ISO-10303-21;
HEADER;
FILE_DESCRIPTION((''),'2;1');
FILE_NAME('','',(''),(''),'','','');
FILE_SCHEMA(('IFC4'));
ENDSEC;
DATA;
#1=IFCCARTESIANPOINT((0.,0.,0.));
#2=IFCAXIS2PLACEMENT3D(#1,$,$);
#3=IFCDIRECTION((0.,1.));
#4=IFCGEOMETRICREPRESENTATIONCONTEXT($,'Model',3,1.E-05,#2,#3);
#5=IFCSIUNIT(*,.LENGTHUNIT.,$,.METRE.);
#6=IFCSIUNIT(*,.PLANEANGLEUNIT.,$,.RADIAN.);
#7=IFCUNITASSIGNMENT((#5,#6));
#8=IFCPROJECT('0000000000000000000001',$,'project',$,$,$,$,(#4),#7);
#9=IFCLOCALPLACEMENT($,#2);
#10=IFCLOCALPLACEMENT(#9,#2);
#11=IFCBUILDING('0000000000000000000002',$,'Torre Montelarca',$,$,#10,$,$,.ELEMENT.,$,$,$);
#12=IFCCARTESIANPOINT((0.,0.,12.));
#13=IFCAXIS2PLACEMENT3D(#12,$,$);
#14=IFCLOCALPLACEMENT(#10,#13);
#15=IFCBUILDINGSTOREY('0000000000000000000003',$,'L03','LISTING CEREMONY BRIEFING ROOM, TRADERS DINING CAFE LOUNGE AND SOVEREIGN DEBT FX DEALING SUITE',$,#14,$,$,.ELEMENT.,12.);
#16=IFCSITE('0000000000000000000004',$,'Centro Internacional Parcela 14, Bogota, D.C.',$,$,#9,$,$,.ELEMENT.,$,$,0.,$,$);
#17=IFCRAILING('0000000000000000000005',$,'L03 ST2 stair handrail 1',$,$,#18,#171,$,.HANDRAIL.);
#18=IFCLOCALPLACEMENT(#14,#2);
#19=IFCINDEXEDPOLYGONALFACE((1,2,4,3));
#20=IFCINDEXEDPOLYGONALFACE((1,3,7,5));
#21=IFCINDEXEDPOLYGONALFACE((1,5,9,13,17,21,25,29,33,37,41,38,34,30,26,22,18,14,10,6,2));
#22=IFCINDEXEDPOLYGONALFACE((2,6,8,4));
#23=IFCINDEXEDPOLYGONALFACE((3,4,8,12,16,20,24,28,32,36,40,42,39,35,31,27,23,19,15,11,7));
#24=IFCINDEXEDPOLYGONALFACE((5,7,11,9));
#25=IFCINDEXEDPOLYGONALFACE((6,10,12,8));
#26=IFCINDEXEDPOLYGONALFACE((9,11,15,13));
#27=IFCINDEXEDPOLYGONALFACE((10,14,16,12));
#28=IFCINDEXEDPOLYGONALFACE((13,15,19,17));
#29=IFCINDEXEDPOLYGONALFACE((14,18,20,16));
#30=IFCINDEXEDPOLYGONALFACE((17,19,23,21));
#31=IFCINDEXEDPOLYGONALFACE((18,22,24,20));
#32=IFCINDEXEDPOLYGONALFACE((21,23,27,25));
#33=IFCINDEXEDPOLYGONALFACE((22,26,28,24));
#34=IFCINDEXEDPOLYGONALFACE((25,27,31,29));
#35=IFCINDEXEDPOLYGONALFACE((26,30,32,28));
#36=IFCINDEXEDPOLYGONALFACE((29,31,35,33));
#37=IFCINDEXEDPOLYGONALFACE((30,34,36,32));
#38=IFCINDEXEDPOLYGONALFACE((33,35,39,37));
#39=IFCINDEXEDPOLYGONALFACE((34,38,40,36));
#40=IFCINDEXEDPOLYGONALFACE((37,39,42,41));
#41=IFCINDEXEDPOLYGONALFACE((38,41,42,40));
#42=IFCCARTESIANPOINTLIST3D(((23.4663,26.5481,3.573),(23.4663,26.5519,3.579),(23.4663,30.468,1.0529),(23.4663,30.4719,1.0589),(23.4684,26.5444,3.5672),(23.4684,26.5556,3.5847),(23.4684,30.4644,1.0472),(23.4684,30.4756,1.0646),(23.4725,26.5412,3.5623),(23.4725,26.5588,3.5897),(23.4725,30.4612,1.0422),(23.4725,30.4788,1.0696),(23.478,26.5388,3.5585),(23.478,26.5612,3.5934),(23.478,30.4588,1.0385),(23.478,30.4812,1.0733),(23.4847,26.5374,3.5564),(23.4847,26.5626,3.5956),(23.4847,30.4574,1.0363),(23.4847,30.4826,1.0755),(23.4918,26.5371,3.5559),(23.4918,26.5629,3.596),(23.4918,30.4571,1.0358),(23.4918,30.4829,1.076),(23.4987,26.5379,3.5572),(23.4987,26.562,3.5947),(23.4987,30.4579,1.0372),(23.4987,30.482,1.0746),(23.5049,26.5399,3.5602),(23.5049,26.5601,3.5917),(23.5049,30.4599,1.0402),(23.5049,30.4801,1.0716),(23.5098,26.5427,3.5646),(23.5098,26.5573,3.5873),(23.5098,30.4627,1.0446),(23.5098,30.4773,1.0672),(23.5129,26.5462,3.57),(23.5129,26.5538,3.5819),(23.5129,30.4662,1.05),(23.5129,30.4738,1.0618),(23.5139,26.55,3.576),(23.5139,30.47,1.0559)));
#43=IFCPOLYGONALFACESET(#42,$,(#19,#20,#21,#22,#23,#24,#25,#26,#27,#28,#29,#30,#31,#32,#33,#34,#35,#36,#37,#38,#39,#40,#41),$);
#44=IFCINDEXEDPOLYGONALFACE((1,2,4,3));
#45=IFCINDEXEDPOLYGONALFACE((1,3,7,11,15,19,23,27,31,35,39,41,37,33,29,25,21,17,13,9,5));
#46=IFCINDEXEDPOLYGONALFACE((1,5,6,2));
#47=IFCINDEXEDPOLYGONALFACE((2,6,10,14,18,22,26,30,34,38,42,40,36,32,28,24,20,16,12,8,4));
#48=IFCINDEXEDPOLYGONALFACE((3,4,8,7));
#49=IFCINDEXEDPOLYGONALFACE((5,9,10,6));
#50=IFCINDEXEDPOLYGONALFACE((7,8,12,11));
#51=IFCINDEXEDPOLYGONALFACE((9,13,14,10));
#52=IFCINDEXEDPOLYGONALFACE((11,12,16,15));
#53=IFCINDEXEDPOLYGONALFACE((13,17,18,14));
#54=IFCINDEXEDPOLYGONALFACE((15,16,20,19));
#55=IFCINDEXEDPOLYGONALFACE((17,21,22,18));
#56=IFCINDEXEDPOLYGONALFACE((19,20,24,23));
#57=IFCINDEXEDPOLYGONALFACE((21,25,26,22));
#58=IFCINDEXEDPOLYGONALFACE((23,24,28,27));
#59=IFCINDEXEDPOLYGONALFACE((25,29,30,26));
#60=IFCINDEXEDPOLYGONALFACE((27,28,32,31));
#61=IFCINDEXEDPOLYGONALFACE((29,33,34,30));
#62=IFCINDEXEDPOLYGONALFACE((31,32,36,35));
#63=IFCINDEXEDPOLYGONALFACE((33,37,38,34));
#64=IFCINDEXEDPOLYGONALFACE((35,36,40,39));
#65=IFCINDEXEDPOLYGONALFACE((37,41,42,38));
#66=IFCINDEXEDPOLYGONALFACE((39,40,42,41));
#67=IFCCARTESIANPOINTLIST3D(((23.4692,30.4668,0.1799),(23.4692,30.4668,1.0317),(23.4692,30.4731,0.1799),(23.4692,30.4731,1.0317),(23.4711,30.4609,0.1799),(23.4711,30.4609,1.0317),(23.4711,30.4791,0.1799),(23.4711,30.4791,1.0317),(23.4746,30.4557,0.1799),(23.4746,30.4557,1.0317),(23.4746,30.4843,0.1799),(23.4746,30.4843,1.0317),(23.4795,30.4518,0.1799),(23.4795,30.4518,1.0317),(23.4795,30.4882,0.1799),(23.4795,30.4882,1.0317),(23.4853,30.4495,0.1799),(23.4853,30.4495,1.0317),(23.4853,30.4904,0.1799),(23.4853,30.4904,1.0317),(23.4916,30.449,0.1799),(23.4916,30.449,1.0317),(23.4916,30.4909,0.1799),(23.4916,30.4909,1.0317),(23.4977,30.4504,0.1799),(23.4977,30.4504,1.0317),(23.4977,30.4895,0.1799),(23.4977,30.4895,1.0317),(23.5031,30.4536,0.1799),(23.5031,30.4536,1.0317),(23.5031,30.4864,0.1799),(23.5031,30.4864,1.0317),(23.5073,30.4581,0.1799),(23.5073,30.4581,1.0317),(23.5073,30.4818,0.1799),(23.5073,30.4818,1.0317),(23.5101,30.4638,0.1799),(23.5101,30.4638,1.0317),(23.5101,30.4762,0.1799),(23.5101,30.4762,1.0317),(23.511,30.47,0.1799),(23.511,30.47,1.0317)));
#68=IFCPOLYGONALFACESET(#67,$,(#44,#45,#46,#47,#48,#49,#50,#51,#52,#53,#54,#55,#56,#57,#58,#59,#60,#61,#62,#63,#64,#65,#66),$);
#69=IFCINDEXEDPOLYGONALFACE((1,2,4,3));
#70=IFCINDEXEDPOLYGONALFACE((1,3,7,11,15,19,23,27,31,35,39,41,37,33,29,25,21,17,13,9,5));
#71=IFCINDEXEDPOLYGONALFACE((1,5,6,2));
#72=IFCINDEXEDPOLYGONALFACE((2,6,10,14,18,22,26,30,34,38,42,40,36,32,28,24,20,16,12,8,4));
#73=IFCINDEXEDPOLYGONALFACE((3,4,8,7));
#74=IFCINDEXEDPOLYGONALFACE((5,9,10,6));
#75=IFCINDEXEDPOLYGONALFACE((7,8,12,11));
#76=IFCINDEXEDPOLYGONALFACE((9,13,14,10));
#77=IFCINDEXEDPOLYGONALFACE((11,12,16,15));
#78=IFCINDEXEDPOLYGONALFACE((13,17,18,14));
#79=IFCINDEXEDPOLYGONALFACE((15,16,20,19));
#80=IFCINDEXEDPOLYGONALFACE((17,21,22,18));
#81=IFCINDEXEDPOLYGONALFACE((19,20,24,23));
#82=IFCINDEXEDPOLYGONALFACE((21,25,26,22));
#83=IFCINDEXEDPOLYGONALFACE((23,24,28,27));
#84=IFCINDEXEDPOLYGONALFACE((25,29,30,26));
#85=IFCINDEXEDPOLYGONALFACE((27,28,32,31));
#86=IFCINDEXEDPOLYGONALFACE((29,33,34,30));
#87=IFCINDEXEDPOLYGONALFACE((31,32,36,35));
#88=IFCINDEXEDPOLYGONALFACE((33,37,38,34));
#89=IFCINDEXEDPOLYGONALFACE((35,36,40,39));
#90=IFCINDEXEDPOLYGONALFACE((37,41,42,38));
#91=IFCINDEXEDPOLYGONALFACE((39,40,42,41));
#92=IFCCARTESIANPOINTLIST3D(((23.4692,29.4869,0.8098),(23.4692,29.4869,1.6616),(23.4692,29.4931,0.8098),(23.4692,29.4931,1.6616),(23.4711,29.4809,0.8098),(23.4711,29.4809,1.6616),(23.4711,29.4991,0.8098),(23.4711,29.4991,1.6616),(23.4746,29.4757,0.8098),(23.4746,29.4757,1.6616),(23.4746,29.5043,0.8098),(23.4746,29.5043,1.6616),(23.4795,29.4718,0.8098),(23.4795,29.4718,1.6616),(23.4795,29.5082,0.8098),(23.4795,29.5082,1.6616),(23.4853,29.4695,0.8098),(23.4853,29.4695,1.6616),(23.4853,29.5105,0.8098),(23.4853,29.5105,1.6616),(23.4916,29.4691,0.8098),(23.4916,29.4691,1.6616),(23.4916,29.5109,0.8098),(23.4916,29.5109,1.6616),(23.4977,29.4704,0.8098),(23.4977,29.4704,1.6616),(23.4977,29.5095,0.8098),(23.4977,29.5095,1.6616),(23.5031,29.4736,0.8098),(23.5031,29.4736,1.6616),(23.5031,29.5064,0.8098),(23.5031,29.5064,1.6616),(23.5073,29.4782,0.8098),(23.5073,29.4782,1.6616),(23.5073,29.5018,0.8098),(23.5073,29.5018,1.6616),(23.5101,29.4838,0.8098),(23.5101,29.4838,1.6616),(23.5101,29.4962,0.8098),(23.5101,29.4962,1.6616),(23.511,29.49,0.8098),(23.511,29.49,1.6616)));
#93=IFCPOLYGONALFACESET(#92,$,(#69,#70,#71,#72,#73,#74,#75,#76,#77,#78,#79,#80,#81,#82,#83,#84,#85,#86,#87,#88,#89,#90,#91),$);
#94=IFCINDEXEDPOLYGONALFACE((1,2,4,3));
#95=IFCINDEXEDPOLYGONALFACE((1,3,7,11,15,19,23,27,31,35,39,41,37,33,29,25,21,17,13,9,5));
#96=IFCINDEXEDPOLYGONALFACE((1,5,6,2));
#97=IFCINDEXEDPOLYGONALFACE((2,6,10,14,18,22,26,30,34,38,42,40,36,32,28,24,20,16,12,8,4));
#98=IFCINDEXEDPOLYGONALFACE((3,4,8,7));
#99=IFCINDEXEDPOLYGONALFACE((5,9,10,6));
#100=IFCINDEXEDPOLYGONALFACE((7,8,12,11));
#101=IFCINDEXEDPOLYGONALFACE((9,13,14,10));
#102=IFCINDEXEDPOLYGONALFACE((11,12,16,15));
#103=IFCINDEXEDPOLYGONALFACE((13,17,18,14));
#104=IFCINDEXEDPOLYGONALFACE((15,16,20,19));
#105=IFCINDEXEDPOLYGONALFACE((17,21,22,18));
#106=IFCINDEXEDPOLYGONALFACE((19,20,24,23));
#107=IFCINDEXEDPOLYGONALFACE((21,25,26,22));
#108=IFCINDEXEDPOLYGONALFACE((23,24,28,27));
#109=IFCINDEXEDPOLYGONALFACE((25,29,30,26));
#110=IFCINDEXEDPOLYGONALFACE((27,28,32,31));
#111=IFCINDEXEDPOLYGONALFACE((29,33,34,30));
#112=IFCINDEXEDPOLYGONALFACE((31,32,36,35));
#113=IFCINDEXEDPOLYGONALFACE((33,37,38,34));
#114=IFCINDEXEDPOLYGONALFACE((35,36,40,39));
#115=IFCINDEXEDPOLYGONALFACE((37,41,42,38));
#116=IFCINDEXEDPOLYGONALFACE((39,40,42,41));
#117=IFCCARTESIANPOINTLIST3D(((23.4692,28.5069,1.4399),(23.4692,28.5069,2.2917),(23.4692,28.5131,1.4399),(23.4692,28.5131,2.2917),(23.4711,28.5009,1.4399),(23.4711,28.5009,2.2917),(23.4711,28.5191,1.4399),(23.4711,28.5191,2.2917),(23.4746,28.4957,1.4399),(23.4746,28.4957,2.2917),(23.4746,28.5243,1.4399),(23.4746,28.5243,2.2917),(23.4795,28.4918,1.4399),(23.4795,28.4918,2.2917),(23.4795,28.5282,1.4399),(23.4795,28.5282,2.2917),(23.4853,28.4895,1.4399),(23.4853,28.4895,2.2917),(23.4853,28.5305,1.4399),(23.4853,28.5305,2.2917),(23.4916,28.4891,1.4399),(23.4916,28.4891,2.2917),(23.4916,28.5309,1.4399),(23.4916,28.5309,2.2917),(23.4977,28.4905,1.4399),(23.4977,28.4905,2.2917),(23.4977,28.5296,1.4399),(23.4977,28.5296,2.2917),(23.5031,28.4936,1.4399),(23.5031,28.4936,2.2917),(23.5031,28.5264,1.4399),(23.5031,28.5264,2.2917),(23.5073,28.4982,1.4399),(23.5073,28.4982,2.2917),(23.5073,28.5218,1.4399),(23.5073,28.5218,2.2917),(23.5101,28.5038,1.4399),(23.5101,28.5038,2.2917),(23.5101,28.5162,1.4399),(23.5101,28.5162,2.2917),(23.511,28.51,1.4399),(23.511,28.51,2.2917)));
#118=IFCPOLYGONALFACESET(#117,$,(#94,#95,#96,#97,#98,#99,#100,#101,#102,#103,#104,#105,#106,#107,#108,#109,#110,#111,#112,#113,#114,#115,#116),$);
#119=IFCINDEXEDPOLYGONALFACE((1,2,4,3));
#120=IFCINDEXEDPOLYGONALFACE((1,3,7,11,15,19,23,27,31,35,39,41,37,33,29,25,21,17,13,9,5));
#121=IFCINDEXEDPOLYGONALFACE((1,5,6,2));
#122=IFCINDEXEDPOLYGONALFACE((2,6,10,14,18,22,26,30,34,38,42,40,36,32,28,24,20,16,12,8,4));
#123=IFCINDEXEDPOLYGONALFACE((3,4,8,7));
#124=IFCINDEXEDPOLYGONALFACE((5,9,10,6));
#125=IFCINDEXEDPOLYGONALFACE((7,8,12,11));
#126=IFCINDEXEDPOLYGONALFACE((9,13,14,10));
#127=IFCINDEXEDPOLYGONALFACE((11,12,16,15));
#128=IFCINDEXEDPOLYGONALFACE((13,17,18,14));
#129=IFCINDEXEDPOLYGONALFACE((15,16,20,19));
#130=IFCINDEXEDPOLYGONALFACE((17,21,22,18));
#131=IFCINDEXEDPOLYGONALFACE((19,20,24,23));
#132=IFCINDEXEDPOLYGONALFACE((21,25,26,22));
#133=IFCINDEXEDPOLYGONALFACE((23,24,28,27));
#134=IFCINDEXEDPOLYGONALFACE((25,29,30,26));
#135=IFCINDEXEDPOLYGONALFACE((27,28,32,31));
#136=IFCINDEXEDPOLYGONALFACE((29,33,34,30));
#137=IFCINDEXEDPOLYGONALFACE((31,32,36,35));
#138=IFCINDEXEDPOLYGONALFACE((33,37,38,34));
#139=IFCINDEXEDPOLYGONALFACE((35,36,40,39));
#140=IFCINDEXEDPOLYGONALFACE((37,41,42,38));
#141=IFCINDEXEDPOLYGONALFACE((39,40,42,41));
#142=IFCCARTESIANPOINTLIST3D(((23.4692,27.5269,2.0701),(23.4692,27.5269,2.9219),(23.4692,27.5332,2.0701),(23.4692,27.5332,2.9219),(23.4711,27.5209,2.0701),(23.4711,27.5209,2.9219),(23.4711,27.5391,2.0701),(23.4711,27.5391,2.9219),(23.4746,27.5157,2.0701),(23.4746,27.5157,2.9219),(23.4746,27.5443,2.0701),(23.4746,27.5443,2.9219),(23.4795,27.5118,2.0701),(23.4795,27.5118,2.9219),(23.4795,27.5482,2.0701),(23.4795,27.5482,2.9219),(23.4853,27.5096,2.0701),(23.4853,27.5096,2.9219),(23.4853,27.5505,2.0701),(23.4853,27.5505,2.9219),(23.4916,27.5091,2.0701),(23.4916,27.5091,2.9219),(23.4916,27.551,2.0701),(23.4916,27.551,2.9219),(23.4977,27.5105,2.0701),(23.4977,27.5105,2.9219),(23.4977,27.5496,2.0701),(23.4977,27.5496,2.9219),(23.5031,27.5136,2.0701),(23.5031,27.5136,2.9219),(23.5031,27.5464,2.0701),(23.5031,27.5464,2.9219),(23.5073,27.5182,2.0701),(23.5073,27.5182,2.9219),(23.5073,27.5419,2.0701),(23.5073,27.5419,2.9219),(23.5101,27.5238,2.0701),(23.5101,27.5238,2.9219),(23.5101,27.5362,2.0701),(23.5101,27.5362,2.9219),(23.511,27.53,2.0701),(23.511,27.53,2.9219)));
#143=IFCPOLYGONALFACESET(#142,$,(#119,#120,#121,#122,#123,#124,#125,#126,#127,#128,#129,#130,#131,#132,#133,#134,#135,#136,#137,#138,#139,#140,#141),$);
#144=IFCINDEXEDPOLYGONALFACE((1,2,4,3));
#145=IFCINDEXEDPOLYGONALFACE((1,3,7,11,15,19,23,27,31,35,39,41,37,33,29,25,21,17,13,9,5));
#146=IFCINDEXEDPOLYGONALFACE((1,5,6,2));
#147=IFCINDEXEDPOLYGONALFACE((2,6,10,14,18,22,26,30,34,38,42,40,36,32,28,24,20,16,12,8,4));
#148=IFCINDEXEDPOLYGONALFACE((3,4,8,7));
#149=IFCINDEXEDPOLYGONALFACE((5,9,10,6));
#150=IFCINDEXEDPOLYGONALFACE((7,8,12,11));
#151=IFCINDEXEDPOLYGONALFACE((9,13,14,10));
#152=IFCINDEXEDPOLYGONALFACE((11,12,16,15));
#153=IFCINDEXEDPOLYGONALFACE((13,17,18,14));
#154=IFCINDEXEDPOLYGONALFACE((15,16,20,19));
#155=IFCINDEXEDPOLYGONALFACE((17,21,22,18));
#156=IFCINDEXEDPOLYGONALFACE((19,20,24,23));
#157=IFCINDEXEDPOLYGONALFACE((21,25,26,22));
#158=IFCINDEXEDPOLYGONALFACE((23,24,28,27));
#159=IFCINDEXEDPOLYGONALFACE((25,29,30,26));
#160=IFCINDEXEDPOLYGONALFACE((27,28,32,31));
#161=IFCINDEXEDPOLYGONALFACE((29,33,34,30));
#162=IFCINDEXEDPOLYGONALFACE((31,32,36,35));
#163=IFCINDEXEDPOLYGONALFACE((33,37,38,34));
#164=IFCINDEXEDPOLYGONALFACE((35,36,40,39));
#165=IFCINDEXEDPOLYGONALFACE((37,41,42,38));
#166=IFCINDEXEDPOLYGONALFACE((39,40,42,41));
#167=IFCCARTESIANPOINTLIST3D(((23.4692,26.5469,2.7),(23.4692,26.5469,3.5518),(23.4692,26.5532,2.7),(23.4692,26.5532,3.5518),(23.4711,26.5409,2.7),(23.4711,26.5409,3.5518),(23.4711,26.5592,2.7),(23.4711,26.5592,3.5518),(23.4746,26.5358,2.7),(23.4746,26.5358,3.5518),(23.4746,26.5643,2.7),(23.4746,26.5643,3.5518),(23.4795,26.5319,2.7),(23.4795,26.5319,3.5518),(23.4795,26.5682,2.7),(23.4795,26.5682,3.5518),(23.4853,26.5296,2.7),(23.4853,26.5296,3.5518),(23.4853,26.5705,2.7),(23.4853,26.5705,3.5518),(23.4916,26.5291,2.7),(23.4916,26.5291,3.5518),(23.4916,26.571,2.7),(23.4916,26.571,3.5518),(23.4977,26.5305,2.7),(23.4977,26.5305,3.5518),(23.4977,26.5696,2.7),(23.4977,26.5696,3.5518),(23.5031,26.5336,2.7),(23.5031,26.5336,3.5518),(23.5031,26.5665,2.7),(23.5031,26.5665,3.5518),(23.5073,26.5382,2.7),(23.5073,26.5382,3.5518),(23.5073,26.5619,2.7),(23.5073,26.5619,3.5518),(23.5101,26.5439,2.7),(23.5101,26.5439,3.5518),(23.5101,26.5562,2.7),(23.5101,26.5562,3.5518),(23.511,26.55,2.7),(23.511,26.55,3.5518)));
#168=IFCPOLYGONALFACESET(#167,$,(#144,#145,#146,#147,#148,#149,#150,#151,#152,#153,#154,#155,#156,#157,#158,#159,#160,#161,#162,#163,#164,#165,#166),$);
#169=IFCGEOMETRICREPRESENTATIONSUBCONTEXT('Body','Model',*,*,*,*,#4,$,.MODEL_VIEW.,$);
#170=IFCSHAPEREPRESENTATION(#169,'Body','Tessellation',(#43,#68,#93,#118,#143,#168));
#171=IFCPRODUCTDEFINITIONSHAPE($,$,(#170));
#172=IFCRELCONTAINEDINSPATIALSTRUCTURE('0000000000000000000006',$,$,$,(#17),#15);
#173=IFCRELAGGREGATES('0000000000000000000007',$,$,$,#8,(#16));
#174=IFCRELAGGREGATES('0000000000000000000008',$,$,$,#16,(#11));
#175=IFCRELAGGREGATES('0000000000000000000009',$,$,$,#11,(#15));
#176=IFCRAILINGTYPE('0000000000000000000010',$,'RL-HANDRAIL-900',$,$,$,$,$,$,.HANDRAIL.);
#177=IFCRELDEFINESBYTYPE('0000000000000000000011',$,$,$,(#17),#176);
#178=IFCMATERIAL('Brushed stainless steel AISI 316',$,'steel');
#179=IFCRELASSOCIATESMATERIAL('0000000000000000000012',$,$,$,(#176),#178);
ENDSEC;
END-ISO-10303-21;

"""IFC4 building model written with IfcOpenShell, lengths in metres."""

from ifc_helpers import new_model, si_unit, direction, frame, origin, origin_2d, place, context, subcontext, project, spatial, circle, extrude, material, type_object, element, save


model = new_model("IFC4")

# Units and contexts
model_context = context("Model", 3, precision=1e-05, world=origin(), true_north=direction((0.0, 1.0)))
body_context = subcontext(model_context, "Body", "Model", "MODEL_VIEW")
ifc_project = project(units=[si_unit("LENGTHUNIT", "METRE"), si_unit("PLANEANGLEUNIT", "RADIAN")], contexts=[model_context])

# Site, building, storey
site_placement = place(None, origin())
site = spatial("IfcSite", under=ifc_project, at=site_placement, Name="Centro Internacional Parcela 14, Bogota, D.C.", CompositionType="ELEMENT", RefElevation=0.0)
building_placement = place(site_placement, origin())
building = spatial("IfcBuilding", under=site, at=building_placement, Name="Torre Montelarca", CompositionType="ELEMENT")
storey_placement = place(building_placement, frame((0.0, 0.0, 12.0)))
storey = spatial("IfcBuildingStorey", under=building, at=storey_placement, Name="L03", Description="LISTING CEREMONY BRIEFING ROOM, TRADERS DINING CAFE LOUNGE AND SOVEREIGN DEBT FX DEALING SUITE", CompositionType="ELEMENT", Elevation=12.0)

# Shared definitions
ifc_material_1 = material(Name="Brushed stainless steel AISI 316", Category="steel")

# Railing
railing_type_1 = type_object("IfcRailingType", Name="RL-HANDRAIL-900", PredefinedType="HANDRAIL", material=ifc_material_1)
railing_1_placement = place(storey_placement, frame((23.49, 30.47, 0.1799)))
element("IfcRailing", 1, at=railing_1_placement, inside=storey, type_object=railing_type_1, Name="L03 ST2 stair handrail 1", PredefinedType="HANDRAIL", context=body_context, shape_type="SweptSolid", body=[
    extrude(circle(Radius=0.0239, at=origin_2d()), frame((0.0, 0.0, 0.876), z_axis=(0.0, -0.841172, 0.540768), x_axis=(1.0, 0.0, 0.0)), (0.0, 0.0, 1.0), 4.6602),
    extrude(circle(Radius=0.021, at=origin_2d()), origin(), (0.0, 0.0, 1.0), 0.8518),
    extrude(circle(Radius=0.021, at=origin_2d()), frame((0.0, -0.98, 0.6299)), (0.0, 0.0, 1.0), 0.8518),
    extrude(circle(Radius=0.021, at=origin_2d()), frame((0.0, -1.96, 1.26)), (0.0, 0.0, 1.0), 0.8518),
    extrude(circle(Radius=0.021, at=origin_2d()), frame((0.0, -2.9399, 1.8901)), (0.0, 0.0, 1.0), 0.8518),
    extrude(circle(Radius=0.021, at=origin_2d()), frame((0.0, -3.9199, 2.52)), (0.0, 0.0, 1.0), 0.8518),
])

save(model, "model.ifc")
